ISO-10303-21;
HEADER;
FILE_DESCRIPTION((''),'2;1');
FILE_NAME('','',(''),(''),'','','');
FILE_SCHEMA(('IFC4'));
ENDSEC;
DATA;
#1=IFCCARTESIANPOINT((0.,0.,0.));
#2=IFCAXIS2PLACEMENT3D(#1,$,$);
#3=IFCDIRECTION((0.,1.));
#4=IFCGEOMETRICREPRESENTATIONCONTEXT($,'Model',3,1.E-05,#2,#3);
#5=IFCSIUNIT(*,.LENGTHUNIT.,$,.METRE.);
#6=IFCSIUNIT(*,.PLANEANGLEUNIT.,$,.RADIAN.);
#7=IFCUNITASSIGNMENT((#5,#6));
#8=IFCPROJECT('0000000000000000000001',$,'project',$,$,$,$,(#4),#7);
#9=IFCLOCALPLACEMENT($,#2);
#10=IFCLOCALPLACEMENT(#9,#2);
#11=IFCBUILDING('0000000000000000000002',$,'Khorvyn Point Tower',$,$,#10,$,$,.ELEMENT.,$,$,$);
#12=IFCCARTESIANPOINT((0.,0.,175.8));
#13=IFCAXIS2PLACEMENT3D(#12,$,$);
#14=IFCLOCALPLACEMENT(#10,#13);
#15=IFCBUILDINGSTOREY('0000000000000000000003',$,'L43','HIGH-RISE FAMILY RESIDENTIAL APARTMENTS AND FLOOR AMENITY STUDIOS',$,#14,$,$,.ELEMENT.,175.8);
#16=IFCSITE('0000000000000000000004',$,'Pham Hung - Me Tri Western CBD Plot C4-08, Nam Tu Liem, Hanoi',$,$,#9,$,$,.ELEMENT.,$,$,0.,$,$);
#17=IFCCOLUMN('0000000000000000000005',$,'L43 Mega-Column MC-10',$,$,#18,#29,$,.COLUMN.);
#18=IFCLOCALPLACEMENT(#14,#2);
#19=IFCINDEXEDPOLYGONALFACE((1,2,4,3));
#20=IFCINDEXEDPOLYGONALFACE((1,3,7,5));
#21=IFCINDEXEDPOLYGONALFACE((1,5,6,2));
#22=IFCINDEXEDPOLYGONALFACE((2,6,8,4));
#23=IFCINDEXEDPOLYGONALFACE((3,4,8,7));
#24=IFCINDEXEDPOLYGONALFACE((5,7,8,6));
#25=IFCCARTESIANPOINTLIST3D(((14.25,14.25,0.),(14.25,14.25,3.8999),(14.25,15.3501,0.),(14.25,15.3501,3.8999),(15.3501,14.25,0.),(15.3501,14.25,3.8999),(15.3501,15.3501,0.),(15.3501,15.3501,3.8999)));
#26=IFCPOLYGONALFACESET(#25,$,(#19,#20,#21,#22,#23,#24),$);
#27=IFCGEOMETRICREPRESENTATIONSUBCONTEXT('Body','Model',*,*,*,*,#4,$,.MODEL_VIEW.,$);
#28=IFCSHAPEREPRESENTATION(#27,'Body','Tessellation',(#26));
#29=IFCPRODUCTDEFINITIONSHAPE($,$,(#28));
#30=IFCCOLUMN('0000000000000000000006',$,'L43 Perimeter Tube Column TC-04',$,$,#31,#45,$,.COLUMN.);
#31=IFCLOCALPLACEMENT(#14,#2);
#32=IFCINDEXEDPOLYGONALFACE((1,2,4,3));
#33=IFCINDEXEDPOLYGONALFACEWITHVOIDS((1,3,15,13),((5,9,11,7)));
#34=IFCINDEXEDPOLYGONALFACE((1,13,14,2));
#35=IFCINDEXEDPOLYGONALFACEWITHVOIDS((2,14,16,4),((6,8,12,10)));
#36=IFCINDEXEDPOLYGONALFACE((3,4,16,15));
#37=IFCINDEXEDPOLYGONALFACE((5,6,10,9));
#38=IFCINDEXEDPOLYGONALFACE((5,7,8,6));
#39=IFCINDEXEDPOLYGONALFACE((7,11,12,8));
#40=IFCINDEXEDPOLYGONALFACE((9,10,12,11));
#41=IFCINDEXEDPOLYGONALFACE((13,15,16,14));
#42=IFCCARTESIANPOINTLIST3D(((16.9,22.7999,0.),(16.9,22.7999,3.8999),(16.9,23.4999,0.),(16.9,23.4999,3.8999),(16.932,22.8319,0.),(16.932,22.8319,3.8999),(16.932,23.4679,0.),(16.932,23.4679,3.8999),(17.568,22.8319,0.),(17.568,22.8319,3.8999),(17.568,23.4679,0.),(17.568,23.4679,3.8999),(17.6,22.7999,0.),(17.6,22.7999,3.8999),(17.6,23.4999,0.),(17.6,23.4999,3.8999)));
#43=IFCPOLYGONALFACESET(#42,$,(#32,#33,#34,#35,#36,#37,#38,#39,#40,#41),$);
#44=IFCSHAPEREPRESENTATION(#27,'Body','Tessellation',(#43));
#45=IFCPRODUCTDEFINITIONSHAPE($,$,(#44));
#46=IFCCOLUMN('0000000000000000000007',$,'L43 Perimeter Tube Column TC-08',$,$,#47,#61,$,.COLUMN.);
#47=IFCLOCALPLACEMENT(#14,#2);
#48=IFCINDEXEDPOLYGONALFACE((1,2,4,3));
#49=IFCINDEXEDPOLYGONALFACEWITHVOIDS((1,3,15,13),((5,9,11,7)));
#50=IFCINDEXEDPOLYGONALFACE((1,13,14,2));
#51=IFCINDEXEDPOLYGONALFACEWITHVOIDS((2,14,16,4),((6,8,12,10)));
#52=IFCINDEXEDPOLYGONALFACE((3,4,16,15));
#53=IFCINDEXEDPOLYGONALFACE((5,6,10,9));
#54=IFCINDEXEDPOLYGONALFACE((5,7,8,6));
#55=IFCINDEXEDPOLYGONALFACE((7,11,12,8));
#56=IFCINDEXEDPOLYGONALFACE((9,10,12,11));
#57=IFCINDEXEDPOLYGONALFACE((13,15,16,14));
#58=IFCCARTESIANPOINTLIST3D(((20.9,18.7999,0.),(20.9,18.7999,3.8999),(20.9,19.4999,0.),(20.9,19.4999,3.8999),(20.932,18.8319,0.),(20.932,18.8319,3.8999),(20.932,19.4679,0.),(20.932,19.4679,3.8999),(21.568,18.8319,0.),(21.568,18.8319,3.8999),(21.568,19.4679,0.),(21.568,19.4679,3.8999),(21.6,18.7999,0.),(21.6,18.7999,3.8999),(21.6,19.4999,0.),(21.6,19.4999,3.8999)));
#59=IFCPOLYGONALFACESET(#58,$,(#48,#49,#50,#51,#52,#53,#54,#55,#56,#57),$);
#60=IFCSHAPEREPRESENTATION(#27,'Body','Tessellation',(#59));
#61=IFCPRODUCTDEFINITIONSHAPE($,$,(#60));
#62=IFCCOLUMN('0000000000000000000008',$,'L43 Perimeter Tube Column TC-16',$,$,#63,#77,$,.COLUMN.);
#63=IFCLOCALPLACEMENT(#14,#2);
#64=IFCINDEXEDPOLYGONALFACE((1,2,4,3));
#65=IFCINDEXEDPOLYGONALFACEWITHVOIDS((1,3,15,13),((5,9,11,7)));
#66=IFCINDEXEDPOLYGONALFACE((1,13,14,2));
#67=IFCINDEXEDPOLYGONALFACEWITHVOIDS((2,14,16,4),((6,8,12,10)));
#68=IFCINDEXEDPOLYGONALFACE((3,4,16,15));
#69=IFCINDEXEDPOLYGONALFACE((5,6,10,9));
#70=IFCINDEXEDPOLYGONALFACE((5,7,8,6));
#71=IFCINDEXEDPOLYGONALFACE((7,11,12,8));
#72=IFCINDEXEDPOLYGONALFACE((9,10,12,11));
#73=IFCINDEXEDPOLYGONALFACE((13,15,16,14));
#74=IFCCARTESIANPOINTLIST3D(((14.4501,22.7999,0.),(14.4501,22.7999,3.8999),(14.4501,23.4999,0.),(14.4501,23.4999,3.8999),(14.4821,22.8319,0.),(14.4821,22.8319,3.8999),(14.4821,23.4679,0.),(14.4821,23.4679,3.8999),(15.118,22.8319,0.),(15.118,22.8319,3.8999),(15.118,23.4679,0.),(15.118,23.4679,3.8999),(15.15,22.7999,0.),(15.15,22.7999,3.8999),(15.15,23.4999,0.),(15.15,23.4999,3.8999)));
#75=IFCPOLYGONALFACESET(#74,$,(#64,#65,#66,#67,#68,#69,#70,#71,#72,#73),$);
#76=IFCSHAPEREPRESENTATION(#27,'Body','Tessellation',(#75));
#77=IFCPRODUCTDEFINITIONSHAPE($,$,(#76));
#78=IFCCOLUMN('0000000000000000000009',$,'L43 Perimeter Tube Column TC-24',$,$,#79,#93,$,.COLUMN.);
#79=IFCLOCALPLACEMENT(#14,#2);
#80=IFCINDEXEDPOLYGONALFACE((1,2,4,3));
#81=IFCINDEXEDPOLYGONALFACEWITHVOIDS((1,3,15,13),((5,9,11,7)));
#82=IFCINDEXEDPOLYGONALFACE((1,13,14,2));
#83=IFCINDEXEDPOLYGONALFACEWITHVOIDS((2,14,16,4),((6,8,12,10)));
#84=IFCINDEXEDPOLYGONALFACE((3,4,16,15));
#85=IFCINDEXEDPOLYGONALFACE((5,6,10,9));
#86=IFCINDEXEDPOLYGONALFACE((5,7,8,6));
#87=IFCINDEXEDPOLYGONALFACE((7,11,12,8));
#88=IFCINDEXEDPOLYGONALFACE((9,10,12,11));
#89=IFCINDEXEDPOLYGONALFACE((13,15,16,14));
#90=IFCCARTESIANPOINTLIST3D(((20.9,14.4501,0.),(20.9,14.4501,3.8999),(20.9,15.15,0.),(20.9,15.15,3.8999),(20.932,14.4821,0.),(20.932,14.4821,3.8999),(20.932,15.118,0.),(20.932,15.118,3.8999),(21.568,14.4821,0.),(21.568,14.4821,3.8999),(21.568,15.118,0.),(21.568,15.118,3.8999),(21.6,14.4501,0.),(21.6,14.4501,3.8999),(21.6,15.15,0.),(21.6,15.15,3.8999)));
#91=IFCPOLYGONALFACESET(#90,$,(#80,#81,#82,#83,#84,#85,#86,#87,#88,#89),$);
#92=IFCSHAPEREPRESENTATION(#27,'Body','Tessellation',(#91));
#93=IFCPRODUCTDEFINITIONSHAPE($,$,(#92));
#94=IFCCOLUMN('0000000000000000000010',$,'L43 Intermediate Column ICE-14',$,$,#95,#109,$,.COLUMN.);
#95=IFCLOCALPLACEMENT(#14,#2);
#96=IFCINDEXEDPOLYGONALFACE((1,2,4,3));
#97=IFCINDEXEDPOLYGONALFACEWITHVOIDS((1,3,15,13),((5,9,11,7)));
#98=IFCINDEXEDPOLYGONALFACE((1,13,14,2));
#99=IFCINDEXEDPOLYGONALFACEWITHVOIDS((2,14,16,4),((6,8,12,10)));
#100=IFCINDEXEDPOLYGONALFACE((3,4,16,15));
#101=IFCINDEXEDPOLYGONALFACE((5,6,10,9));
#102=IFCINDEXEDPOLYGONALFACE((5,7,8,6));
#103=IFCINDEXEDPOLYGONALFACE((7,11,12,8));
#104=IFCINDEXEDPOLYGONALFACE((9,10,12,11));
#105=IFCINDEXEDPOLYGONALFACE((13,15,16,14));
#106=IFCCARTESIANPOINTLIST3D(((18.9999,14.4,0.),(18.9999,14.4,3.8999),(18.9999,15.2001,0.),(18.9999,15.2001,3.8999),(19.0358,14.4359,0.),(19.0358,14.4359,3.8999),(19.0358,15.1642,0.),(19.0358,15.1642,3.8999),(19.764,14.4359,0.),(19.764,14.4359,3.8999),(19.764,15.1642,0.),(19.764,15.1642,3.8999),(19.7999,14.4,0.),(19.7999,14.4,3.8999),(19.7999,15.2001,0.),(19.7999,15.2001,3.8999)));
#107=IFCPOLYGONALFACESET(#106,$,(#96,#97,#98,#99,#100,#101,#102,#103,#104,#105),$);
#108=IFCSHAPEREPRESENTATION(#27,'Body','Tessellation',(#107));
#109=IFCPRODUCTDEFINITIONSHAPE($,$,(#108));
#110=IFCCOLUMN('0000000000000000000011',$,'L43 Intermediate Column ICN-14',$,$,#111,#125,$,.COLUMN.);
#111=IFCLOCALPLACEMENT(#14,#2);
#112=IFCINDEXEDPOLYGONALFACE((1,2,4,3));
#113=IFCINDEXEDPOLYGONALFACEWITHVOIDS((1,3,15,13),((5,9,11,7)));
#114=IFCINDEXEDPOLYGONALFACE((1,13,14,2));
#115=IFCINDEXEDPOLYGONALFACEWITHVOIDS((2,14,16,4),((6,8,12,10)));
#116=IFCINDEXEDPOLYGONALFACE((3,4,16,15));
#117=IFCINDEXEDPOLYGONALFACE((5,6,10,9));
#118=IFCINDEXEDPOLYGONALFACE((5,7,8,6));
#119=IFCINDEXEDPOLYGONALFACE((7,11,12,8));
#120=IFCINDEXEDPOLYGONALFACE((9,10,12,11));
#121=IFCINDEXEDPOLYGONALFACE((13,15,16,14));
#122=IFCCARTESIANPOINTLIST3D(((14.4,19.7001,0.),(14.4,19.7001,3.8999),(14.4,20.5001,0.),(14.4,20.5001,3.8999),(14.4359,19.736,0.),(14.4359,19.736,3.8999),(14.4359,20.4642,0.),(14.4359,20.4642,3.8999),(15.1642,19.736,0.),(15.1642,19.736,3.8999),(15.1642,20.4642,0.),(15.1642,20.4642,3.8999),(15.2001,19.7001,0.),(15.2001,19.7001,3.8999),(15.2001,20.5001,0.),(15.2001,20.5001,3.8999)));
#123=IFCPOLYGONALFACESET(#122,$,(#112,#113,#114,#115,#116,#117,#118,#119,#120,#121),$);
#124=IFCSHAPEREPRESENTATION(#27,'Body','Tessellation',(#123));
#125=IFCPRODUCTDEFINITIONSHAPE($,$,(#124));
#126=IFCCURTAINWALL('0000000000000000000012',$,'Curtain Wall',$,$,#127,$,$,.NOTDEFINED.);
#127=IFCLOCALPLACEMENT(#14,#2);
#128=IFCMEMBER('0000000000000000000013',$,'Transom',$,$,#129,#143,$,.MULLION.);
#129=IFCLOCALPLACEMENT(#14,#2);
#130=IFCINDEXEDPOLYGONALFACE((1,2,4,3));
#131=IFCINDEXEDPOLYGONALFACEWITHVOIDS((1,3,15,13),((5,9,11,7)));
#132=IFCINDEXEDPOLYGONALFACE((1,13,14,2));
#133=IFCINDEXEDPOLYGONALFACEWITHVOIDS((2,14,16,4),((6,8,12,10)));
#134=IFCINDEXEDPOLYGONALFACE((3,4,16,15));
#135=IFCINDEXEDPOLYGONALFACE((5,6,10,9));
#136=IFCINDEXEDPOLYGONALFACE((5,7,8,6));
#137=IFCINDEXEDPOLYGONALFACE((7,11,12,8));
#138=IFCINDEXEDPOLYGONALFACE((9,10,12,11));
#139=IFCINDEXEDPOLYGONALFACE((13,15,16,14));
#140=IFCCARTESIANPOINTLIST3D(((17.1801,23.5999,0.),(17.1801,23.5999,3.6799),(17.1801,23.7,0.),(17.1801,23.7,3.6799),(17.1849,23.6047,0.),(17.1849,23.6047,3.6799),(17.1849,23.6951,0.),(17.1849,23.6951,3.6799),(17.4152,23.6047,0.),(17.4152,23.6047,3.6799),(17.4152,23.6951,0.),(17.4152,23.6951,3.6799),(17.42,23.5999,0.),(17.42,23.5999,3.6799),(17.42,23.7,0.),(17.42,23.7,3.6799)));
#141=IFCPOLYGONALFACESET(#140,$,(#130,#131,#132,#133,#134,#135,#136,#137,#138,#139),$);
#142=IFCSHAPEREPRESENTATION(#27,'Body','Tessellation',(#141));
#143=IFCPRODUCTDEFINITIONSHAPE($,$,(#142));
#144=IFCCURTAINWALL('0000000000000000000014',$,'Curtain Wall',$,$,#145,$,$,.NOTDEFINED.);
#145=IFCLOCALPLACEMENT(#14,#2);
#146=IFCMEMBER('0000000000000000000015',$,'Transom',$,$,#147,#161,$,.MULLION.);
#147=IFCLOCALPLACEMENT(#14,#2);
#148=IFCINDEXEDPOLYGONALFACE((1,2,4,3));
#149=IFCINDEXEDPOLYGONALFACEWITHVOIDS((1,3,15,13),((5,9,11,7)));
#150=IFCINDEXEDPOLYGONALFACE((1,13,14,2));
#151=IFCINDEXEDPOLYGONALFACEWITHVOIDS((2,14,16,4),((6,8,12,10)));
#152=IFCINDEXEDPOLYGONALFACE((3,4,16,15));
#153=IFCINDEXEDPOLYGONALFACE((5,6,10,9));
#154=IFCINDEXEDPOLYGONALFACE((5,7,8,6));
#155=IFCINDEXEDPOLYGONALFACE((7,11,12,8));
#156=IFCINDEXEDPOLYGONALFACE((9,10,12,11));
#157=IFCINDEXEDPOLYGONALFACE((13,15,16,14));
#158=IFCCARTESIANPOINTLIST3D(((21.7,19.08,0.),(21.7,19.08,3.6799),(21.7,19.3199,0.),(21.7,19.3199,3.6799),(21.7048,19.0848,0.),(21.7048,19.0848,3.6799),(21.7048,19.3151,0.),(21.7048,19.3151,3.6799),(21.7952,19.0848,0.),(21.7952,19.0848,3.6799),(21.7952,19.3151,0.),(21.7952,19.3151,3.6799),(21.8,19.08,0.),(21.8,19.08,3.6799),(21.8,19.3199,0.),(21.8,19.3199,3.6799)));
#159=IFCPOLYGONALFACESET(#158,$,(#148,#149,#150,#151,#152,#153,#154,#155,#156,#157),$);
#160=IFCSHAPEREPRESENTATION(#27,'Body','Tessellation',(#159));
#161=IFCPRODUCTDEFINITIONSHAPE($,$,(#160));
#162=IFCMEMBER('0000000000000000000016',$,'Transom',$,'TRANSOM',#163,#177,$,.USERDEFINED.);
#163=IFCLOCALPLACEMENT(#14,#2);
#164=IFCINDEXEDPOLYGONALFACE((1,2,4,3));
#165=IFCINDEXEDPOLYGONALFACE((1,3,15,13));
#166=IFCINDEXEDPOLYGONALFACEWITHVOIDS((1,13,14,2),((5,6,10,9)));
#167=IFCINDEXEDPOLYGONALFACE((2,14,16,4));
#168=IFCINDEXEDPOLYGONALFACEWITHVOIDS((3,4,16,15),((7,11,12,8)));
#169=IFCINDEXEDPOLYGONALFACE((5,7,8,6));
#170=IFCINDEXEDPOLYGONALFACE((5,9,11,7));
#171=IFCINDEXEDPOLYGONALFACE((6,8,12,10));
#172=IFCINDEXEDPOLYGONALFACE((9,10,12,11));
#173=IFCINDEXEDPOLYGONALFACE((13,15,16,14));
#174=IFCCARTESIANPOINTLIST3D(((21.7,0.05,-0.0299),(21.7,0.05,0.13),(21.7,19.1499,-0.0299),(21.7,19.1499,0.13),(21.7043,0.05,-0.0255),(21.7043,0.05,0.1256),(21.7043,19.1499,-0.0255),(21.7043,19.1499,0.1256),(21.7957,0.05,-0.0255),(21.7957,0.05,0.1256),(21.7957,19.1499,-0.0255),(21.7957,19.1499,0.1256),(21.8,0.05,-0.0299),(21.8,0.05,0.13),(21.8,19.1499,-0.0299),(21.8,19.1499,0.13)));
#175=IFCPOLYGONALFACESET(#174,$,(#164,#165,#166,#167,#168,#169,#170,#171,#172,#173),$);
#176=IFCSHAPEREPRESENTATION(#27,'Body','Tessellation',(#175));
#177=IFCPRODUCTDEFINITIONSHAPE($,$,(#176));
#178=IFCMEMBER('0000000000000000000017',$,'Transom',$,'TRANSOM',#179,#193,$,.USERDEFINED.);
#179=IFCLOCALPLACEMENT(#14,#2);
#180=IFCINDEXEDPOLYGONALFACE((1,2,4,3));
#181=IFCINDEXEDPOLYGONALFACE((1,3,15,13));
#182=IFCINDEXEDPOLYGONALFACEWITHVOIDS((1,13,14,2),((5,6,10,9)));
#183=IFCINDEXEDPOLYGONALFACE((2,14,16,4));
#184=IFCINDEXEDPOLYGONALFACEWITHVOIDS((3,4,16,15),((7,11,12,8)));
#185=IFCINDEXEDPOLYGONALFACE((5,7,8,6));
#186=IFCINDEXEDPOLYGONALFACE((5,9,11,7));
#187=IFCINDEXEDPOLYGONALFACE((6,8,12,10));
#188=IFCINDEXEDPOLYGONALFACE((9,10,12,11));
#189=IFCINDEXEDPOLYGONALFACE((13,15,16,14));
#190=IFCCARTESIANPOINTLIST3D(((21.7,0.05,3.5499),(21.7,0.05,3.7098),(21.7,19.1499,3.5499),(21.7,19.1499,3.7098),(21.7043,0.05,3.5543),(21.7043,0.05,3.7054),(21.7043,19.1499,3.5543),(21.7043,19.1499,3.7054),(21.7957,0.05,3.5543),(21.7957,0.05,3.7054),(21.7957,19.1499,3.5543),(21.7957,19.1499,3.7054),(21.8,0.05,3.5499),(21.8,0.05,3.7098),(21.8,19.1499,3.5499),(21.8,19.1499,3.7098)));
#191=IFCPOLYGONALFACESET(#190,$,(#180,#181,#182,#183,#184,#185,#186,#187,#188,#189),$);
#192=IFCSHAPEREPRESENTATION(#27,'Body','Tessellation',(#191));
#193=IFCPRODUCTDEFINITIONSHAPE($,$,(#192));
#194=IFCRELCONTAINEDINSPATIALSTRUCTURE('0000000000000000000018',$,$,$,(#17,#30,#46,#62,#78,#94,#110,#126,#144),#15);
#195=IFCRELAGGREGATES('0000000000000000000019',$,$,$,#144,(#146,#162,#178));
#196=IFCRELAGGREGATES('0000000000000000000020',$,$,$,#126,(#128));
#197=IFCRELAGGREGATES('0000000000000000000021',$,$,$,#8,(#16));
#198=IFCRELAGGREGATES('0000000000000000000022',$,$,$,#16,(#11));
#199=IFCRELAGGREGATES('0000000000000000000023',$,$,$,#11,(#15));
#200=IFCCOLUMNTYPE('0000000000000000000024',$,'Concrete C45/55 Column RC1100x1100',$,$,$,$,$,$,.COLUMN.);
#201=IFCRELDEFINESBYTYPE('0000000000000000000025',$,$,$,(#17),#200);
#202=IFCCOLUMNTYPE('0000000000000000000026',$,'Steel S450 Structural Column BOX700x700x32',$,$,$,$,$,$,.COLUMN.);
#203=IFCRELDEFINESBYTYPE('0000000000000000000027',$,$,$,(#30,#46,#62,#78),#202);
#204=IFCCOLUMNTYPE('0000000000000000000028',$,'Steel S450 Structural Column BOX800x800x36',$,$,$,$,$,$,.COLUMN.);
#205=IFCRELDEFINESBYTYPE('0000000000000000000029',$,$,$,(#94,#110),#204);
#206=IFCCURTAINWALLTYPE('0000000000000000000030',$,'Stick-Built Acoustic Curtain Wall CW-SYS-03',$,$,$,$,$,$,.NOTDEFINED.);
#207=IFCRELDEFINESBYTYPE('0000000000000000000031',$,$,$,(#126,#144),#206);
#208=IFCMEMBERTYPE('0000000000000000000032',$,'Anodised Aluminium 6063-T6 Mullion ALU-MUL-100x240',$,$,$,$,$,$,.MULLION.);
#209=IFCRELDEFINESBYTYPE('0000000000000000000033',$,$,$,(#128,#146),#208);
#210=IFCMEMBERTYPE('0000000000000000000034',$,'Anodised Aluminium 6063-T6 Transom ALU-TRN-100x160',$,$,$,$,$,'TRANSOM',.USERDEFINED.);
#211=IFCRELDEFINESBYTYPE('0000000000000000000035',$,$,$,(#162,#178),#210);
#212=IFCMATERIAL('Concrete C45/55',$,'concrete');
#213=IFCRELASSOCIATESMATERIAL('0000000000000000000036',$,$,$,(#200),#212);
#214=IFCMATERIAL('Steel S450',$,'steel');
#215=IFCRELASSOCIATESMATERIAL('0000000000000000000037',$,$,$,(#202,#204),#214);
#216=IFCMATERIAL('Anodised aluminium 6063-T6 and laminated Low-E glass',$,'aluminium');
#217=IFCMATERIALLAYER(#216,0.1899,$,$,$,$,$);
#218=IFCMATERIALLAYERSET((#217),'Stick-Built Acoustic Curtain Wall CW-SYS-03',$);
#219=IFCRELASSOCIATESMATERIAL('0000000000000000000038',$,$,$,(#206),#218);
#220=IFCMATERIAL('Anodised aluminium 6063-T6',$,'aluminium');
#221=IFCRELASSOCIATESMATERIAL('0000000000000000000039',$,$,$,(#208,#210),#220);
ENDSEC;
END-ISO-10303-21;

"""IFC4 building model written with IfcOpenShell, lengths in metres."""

from ifc_helpers import new_model, si_unit, direction, frame, origin, origin_2d, place, context, subcontext, project, spatial, rectangle, hollow_rectangle, extrude, material, layer, layer_set, material_profile, profile_set, type_object, element, aggregate, save


model = new_model("IFC4")

# Units and contexts
model_context = context("Model", 3, precision=1e-05, world=origin(), true_north=direction((0.0, 1.0)))
body_context = subcontext(model_context, "Body", "Model", "MODEL_VIEW")
ifc_project = project(units=[si_unit("LENGTHUNIT", "METRE"), si_unit("PLANEANGLEUNIT", "RADIAN")], contexts=[model_context])

# Site, building, storey
site_placement = place(None, origin())
site = spatial("IfcSite", under=ifc_project, at=site_placement, Name="Pham Hung - Me Tri Western CBD Plot C4-08, Nam Tu Liem, Hanoi", CompositionType="ELEMENT", RefElevation=0.0)
building_placement = place(site_placement, origin())
building = spatial("IfcBuilding", under=site, at=building_placement, Name="Khorvyn Point Tower", CompositionType="ELEMENT")
storey_placement = place(building_placement, frame((0.0, 0.0, 175.8)))
storey = spatial("IfcBuildingStorey", under=building, at=storey_placement, Name="L43", Description="HIGH-RISE FAMILY RESIDENTIAL APARTMENTS AND FLOOR AMENITY STUDIOS", CompositionType="ELEMENT", Elevation=175.8)

# Columns
ifc_material_1 = material(Name="Concrete C45/55", Category="concrete")
ifc_material_profile_1 = material_profile(ifc_material_1, rectangle(XDim=1.1001, YDim=1.1001, at=origin_2d()))
ifc_profile_set_1 = profile_set([ifc_material_profile_1], Name="Concrete C45/55 RC1100x1100")
column_type_1 = type_object("IfcColumnType", Name="Concrete C45/55 Column RC1100x1100", PredefinedType="COLUMN", material=ifc_profile_set_1)
column_placement = place(storey_placement, frame((14.8, 14.8, 0.0), z_axis=(0.0, 0.0, 1.0), x_axis=(1.0, 0.0, 0.0)))
element("IfcColumn", 1, at=column_placement, inside=storey, type_object=column_type_1, Name="L43 Mega-Column MC-10", PredefinedType="COLUMN", context=body_context, shape_type="SweptSolid", body=[
    extrude(rectangle(XDim=1.1001, YDim=1.1001, at=origin_2d()), origin(), (0.0, 0.0, 1.0), 3.8999),
])
ifc_material_2 = material(Name="Steel S450", Category="steel")
ifc_material_profile_2 = material_profile(ifc_material_2, hollow_rectangle(XDim=0.7, YDim=0.7, WallThickness=0.032, at=origin_2d()))
ifc_profile_set_2 = profile_set([ifc_material_profile_2], Name="Steel S450 BOX700x700x32")
column_type_2 = type_object("IfcColumnType", Name="Steel S450 Structural Column BOX700x700x32", PredefinedType="COLUMN", material=ifc_profile_set_2)
for number, where, z_axis, x_axis, name in (
    (2, (17.25, 23.1499, 0.0), (0.0, 0.0, 1.0), (1.0, 0.0, 0.0), "L43 Perimeter Tube Column TC-04"),
    (3, (21.25, 19.1499, 0.0), (0.0, 0.0, 1.0), (1.0, 0.0, 0.0), "L43 Perimeter Tube Column TC-08"),
    (4, (14.8, 23.1499, 0.0), (0.0, 0.0, 1.0), (1.0, 0.0, 0.0), "L43 Perimeter Tube Column TC-16"),
    (5, (21.25, 14.8, 0.0), (0.0, 0.0, 1.0), (1.0, 0.0, 0.0), "L43 Perimeter Tube Column TC-24"),
):
    element("IfcColumn", number, at=place(storey_placement, frame(where, z_axis=z_axis, x_axis=x_axis)), inside=storey, type_object=column_type_2, Name=name, PredefinedType="COLUMN", context=body_context, shape_type="SweptSolid", body=[
        extrude(hollow_rectangle(XDim=0.7, YDim=0.7, WallThickness=0.032, at=origin_2d()), origin(), (0.0, 0.0, 1.0), 3.8999),
    ])
ifc_material_profile_3 = material_profile(ifc_material_2, hollow_rectangle(XDim=0.8, YDim=0.8, WallThickness=0.0359, at=origin_2d()))
ifc_profile_set_3 = profile_set([ifc_material_profile_3], Name="Steel S450 BOX800x800x36")
column_type_3 = type_object("IfcColumnType", Name="Steel S450 Structural Column BOX800x800x36", PredefinedType="COLUMN", material=ifc_profile_set_3)
for number, where, z_axis, x_axis, name in (
    (6, (19.3999, 14.8, 0.0), (0.0, 0.0, 1.0), (1.0, 0.0, 0.0), "L43 Intermediate Column ICE-14"),
    (7, (14.8, 20.1001, 0.0), (0.0, 0.0, 1.0), (1.0, 0.0, 0.0), "L43 Intermediate Column ICN-14"),
):
    element("IfcColumn", number, at=place(storey_placement, frame(where, z_axis=z_axis, x_axis=x_axis)), inside=storey, type_object=column_type_3, Name=name, PredefinedType="COLUMN", context=body_context, shape_type="SweptSolid", body=[
        extrude(hollow_rectangle(XDim=0.8, YDim=0.8, WallThickness=0.0359, at=origin_2d()), origin(), (0.0, 0.0, 1.0), 3.8999),
    ])

# Curtain wall, member
ifc_material_3 = material(Name="Anodised aluminium 6063-T6 and laminated Low-E glass", Category="aluminium")
ifc_layer_1 = layer(ifc_material_3, 0.1899)
ifc_layer_set_1 = layer_set([ifc_layer_1], Name="Stick-Built Acoustic Curtain Wall CW-SYS-03")
curtain_wall_type = type_object("IfcCurtainWallType", Name="Stick-Built Acoustic Curtain Wall CW-SYS-03", PredefinedType="NOTDEFINED", material=ifc_layer_set_1)
curtain_wall_1_placement = place(storey_placement, origin())
curtain_wall_1 = element("IfcCurtainWall", 8, at=curtain_wall_1_placement, inside=storey, type_object=curtain_wall_type, Name="Curtain Wall", PredefinedType="NOTDEFINED")
ifc_material_4 = material(Name="Anodised aluminium 6063-T6", Category="aluminium")
ifc_material_profile_4 = material_profile(ifc_material_4, hollow_rectangle(XDim=0.1001, YDim=0.24, WallThickness=0.0049, at=origin_2d()))
ifc_profile_set_4 = profile_set([ifc_material_profile_4], Name="Anodised aluminium 6063-T6 ALU-MUL-100x240")
member_type_1 = type_object("IfcMemberType", Name="Anodised Aluminium 6063-T6 Mullion ALU-MUL-100x240", PredefinedType="MULLION", material=ifc_profile_set_4)
member_1_placement = place(storey_placement, frame((17.3, 23.6499, 0.0), z_axis=(0.0, 0.0, 1.0), x_axis=(0.0, 1.0, 0.0)))
member_1 = element("IfcMember", 9, at=member_1_placement, type_object=member_type_1, Name="Transom", PredefinedType="MULLION", context=body_context, shape_type="SweptSolid", body=[
    extrude(hollow_rectangle(XDim=0.1001, YDim=0.24, WallThickness=0.0049, at=origin_2d()), origin(), (0.0, 0.0, 1.0), 3.6799),
])

# Curtain wall, members
curtain_wall_2_placement = place(storey_placement, origin())
curtain_wall_2 = element("IfcCurtainWall", 10, at=curtain_wall_2_placement, inside=storey, type_object=curtain_wall_type, Name="Curtain Wall", PredefinedType="NOTDEFINED")
member_2_placement = place(storey_placement, frame((21.75, 19.2, 0.0), z_axis=(0.0, 0.0, 1.0), x_axis=(1.0, 0.0, 0.0)))
member_2 = element("IfcMember", 11, at=member_2_placement, type_object=member_type_1, Name="Transom", PredefinedType="MULLION", context=body_context, shape_type="SweptSolid", body=[
    extrude(hollow_rectangle(XDim=0.1001, YDim=0.24, WallThickness=0.0049, at=origin_2d()), origin(), (0.0, 0.0, 1.0), 3.6799),
])
ifc_material_profile_5 = material_profile(ifc_material_4, hollow_rectangle(XDim=0.1001, YDim=0.1599, WallThickness=0.0044, at=origin_2d()))
ifc_profile_set_5 = profile_set([ifc_material_profile_5], Name="Anodised aluminium 6063-T6 ALU-TRN-100x160")
member_type_2 = type_object("IfcMemberType", Name="Anodised Aluminium 6063-T6 Transom ALU-TRN-100x160", ElementType="TRANSOM", PredefinedType="USERDEFINED", material=ifc_profile_set_5)
member_3_placement = place(storey_placement, frame((21.75, 19.1499, 0.05), z_axis=(0.0, -1.0, 0.0), x_axis=(1.0, 0.0, 0.0)))
member_3 = element("IfcMember", 12, at=member_3_placement, type_object=member_type_2, Name="Transom", ObjectType="TRANSOM", PredefinedType="USERDEFINED", context=body_context, shape_type="SweptSolid", body=[
    extrude(hollow_rectangle(XDim=0.1001, YDim=0.1599, WallThickness=0.0044, at=origin_2d()), origin(), (0.0, 0.0, 1.0), 19.0999),
])
member_4_placement = place(storey_placement, frame((21.75, 19.1499, 3.6299), z_axis=(0.0, -1.0, 0.0), x_axis=(1.0, 0.0, 0.0)))
member_4 = element("IfcMember", 13, at=member_4_placement, type_object=member_type_2, Name="Transom", ObjectType="TRANSOM", PredefinedType="USERDEFINED", context=body_context, shape_type="SweptSolid", body=[
    extrude(hollow_rectangle(XDim=0.1001, YDim=0.1599, WallThickness=0.0044, at=origin_2d()), origin(), (0.0, 0.0, 1.0), 19.0999),
])
aggregate(curtain_wall_2, [member_2, member_3, member_4])

aggregate(curtain_wall_1, [member_1])

save(model, "model.ifc")
